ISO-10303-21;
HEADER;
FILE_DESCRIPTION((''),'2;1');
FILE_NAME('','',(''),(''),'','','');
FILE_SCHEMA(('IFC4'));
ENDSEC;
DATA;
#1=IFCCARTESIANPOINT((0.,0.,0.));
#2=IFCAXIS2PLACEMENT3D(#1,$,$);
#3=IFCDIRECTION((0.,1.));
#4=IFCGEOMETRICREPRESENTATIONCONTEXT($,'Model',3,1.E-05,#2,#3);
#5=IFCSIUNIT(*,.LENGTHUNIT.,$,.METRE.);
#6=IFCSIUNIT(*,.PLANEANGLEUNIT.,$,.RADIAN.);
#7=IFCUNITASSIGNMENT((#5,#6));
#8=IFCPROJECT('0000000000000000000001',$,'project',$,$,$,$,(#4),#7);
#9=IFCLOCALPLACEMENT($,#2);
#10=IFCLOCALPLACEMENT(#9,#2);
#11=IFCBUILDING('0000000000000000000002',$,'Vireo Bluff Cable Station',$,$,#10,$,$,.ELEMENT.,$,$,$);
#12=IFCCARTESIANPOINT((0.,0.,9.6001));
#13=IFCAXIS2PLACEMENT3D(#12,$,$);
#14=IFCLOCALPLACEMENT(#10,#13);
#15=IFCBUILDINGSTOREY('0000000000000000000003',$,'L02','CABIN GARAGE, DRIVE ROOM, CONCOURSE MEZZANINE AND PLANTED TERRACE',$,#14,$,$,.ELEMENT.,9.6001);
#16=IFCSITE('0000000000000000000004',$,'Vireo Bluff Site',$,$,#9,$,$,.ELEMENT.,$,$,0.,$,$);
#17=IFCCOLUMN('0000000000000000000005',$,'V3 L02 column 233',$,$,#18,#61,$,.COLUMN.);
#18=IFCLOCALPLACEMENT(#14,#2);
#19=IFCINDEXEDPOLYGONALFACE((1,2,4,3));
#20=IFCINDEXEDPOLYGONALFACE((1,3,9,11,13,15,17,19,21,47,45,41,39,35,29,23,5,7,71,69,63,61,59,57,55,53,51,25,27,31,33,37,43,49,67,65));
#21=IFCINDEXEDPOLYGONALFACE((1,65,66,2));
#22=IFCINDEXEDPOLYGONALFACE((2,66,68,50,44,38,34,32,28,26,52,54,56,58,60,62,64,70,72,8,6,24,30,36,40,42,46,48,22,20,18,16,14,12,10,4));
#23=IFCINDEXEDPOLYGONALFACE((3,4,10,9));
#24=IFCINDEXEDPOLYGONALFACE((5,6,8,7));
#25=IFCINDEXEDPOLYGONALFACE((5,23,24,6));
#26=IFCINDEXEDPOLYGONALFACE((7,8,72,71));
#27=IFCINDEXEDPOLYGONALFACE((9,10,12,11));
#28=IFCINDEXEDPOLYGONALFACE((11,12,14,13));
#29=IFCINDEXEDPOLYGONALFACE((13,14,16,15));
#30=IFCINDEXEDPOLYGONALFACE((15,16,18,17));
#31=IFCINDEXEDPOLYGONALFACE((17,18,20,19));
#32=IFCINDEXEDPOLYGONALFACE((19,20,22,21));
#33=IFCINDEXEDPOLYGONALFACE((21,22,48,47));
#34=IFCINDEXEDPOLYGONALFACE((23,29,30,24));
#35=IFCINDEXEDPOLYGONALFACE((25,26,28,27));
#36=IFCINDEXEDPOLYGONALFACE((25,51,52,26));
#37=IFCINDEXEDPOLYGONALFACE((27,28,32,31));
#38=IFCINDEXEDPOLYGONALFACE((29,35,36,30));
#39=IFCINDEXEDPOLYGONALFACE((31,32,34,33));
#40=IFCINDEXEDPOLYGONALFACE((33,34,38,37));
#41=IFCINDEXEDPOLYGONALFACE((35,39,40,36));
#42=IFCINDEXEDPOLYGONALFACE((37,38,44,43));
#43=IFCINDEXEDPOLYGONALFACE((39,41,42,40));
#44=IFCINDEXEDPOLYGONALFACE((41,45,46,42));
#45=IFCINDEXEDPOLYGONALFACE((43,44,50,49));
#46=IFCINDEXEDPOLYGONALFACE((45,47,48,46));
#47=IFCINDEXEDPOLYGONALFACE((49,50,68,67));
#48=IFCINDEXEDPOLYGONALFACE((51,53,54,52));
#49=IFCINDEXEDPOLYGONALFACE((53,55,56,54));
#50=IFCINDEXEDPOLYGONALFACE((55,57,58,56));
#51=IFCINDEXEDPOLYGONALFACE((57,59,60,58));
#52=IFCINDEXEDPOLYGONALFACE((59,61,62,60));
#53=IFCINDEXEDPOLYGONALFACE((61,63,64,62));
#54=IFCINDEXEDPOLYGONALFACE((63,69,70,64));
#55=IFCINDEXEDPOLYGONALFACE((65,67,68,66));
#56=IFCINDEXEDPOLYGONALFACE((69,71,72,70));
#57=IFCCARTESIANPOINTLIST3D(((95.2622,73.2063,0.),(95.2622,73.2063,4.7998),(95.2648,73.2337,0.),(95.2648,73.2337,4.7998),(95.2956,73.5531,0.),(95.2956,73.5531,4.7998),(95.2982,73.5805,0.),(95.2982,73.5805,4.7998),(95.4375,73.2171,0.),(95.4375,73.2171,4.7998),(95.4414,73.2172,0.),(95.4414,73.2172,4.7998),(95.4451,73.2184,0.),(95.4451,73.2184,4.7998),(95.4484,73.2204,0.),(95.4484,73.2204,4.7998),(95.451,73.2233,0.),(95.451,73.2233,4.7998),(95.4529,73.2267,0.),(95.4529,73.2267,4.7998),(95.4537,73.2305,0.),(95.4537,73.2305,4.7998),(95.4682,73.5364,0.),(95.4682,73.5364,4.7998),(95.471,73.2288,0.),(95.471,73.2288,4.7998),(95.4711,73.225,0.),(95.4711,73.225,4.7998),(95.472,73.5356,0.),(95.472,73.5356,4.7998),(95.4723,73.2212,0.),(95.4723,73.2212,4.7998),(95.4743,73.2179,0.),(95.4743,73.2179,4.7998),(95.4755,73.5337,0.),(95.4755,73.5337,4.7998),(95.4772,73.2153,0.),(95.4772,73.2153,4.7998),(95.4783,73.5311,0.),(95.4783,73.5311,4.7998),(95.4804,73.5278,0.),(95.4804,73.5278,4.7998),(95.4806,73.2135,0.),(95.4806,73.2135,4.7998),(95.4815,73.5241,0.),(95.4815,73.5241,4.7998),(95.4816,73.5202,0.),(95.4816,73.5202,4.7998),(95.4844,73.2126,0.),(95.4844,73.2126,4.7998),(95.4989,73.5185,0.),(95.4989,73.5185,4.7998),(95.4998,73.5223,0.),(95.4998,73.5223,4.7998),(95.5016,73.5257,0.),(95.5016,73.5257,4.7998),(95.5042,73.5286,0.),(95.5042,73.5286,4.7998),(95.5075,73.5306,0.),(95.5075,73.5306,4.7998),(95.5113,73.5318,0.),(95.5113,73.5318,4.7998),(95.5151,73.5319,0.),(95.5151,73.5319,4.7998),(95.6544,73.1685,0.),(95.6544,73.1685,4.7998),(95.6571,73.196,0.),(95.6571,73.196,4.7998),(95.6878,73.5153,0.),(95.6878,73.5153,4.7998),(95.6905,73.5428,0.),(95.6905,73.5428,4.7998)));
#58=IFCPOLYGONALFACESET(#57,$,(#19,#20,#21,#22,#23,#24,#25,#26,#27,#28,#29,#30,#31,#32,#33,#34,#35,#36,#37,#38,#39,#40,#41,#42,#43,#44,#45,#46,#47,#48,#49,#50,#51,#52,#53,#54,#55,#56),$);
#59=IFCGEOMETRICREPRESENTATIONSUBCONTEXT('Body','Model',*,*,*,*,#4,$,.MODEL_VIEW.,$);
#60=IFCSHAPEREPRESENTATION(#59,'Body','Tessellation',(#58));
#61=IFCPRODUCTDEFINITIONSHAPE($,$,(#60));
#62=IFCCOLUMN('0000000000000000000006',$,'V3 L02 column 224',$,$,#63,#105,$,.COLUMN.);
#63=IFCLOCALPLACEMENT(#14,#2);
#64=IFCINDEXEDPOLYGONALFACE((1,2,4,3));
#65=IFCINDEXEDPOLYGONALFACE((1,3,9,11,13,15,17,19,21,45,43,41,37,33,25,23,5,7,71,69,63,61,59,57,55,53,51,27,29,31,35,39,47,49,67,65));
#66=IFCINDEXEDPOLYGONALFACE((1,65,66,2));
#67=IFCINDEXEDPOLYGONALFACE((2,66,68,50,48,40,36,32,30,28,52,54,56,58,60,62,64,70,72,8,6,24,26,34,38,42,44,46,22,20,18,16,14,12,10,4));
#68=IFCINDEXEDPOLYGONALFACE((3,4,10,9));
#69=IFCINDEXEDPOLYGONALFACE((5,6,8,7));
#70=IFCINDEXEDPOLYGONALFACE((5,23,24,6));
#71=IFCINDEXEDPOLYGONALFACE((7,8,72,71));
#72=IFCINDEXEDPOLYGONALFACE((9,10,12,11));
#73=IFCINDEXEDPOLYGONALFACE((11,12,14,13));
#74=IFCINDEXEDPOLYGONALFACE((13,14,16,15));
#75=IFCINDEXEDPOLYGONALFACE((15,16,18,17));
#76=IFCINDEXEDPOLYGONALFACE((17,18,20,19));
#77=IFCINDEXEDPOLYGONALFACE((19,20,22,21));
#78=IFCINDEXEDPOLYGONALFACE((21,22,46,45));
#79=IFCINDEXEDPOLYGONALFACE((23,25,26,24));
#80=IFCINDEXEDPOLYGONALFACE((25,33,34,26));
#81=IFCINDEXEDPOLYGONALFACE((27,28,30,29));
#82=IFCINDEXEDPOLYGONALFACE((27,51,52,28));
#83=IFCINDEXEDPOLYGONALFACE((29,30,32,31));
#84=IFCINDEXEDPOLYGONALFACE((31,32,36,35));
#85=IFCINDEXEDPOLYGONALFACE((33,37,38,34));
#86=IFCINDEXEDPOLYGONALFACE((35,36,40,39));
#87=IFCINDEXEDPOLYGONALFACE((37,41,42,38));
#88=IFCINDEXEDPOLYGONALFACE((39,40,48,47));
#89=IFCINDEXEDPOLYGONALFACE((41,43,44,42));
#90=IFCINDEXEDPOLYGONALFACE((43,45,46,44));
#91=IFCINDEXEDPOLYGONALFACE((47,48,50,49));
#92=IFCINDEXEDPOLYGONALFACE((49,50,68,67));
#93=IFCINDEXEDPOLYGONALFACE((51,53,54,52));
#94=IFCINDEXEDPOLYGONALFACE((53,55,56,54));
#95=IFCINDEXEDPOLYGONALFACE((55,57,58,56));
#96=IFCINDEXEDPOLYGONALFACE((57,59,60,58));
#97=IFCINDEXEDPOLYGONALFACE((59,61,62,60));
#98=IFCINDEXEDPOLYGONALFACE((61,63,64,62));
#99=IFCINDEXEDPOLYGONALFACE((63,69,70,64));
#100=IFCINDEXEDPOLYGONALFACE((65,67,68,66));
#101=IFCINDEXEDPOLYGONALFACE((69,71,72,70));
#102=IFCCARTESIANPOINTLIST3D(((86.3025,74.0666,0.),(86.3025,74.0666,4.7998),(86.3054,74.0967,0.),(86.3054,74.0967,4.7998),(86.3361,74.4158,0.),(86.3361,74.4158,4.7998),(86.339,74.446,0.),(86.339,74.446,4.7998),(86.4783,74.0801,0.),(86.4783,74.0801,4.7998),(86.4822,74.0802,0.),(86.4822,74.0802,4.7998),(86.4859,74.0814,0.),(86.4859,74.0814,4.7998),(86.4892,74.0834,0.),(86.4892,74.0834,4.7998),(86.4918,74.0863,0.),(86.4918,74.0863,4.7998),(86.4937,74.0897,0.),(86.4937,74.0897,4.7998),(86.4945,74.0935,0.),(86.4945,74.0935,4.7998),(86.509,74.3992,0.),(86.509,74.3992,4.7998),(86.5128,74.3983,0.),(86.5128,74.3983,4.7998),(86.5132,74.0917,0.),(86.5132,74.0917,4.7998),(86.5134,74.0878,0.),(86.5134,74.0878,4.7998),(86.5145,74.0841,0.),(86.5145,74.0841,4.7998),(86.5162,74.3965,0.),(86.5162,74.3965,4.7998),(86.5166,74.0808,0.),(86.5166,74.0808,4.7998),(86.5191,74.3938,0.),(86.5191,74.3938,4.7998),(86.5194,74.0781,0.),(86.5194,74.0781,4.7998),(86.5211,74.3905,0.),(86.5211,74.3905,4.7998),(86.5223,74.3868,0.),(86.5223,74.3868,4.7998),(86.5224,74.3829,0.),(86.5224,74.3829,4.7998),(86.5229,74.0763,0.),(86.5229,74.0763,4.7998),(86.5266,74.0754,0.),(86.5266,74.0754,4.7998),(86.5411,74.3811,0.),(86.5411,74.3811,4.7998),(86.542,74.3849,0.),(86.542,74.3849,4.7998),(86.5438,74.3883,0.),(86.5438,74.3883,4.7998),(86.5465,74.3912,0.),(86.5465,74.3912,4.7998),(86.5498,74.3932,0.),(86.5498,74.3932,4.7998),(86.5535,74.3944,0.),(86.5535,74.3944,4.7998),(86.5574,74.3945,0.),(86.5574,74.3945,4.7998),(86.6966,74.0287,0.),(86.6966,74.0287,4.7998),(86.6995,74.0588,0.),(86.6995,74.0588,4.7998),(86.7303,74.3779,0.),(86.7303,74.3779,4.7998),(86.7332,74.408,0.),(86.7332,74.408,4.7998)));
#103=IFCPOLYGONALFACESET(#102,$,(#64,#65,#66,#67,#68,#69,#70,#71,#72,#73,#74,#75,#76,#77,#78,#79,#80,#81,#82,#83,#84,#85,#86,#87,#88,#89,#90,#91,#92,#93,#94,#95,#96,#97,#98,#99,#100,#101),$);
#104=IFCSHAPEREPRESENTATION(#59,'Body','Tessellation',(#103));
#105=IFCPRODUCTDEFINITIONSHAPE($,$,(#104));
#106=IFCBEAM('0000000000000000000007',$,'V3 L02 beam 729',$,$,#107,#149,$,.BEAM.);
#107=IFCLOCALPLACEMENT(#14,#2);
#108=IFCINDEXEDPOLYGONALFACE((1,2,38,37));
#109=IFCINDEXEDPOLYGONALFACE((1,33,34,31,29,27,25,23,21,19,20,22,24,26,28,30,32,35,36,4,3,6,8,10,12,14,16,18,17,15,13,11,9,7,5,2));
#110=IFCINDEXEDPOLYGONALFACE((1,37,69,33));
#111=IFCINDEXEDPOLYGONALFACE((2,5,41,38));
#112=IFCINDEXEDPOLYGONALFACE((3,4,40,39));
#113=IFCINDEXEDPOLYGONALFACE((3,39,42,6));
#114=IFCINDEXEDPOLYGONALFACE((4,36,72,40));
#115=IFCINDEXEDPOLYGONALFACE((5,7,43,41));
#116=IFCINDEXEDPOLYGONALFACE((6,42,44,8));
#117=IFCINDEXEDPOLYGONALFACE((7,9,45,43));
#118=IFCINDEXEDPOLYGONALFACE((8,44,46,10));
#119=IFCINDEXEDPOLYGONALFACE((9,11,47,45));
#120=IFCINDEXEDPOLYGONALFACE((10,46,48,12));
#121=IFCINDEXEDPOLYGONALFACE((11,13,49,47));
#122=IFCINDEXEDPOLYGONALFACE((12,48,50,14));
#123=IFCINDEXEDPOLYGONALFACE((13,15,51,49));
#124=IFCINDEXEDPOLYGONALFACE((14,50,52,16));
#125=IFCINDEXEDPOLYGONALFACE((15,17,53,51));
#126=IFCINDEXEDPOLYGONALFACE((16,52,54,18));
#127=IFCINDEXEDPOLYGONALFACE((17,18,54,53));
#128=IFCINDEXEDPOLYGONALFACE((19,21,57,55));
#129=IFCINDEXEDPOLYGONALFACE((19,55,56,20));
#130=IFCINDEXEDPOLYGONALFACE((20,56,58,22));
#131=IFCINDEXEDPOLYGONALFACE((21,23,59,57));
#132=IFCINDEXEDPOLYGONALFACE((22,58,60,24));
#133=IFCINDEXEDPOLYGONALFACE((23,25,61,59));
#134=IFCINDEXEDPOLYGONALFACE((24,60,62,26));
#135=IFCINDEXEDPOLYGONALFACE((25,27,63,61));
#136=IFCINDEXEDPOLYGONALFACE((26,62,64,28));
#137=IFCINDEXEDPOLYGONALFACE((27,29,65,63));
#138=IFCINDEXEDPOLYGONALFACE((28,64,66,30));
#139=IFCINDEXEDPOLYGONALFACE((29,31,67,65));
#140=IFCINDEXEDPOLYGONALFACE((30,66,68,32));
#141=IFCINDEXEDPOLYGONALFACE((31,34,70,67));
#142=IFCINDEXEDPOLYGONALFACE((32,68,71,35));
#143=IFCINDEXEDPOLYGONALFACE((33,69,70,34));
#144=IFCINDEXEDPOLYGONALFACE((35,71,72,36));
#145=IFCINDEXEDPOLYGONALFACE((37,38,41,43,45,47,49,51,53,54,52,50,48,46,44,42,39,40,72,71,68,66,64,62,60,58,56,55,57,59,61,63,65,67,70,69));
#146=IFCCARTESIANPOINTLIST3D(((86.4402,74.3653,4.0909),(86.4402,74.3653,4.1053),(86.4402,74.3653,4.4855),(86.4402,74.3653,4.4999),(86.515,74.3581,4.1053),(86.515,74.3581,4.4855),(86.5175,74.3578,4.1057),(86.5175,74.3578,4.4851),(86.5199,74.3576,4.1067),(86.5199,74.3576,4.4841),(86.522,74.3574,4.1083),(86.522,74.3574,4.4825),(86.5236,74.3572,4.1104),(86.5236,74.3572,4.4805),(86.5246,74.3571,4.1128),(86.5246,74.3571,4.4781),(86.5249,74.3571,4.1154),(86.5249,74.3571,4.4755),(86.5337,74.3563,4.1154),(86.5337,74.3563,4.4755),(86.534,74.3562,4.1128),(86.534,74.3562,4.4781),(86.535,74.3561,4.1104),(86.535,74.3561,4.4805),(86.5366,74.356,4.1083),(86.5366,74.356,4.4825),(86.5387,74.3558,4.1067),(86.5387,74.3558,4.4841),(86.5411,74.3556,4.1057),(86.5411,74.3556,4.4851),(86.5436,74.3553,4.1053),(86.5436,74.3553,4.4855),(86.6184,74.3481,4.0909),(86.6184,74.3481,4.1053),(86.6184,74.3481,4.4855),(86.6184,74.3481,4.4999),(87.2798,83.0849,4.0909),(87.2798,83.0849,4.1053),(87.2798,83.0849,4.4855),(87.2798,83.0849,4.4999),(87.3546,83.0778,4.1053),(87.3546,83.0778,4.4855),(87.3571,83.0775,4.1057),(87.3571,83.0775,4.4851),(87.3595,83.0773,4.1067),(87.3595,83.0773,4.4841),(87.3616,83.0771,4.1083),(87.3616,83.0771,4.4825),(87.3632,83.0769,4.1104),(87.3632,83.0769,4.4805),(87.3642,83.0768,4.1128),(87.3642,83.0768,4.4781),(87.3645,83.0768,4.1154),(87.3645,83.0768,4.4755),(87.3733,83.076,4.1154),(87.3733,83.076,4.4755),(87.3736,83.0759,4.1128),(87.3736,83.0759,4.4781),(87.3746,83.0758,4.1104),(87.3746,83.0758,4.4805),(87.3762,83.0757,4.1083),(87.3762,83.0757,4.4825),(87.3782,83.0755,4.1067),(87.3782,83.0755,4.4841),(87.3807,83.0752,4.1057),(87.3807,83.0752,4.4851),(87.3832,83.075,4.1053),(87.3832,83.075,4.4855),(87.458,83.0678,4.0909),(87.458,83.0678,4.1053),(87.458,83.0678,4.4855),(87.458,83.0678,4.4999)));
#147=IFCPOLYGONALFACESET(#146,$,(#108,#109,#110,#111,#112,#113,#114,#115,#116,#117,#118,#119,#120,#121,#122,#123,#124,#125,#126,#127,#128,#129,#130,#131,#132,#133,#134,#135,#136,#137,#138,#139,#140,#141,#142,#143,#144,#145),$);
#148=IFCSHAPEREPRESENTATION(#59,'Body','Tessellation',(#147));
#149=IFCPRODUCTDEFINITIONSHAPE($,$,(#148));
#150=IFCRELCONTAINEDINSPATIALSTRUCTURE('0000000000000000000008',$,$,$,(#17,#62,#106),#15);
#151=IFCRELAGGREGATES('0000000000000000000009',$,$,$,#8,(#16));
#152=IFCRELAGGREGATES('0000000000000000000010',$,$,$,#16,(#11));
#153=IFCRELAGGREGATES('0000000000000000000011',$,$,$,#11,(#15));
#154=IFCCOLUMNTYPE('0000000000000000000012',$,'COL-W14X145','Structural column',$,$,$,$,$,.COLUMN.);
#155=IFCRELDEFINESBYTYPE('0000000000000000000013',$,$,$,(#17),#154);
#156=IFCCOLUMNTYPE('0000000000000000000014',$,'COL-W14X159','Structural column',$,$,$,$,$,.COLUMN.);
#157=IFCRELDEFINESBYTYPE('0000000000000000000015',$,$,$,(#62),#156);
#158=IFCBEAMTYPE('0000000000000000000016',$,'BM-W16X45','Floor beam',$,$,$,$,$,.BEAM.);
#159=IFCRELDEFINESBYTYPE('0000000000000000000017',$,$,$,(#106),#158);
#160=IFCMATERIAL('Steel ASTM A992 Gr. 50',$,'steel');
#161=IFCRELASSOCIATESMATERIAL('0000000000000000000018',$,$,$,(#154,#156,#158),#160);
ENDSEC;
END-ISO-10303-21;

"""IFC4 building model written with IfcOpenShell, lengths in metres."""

from ifc_helpers import new_model, si_unit, direction, frame, origin, origin_2d, place, context, subcontext, project, spatial, i_section, extrude, material, material_profile, profile_set, type_object, element, save


model = new_model("IFC4")

# Units and contexts
model_context = context("Model", 3, precision=1e-05, world=origin(), true_north=direction((0.0, 1.0)))
body_context = subcontext(model_context, "Body", "Model", "MODEL_VIEW")
ifc_project = project(units=[si_unit("LENGTHUNIT", "METRE"), si_unit("PLANEANGLEUNIT", "RADIAN")], contexts=[model_context])

# Site, building, storey
site_placement = place(None, origin())
site = spatial("IfcSite", under=ifc_project, at=site_placement, Name="Vireo Bluff Site", CompositionType="ELEMENT", RefElevation=0.0)
building_placement = place(site_placement, origin())
building = spatial("IfcBuilding", under=site, at=building_placement, Name="Vireo Bluff Cable Station", CompositionType="ELEMENT")
storey_placement = place(building_placement, frame((0.0, 0.0, 9.6001)))
storey = spatial("IfcBuildingStorey", under=building, at=storey_placement, Name="L02", Description="CABIN GARAGE, DRIVE ROOM, CONCOURSE MEZZANINE AND PLANTED TERRACE", CompositionType="ELEMENT", Elevation=9.6001)

# Columns
ifc_material_1 = material(Name="Steel ASTM A992 Gr. 50", Category="steel")
ifc_material_profile_1 = material_profile(ifc_material_1, i_section(OverallWidth=0.394, OverallDepth=0.376, WebThickness=0.0173, FlangeThickness=0.0276, FilletRadius=0.0149, at=origin_2d()), Name="W14X145")
ifc_profile_set_1 = profile_set([ifc_material_profile_1], Name="Steel ASTM A992 Gr. 50")
column_type_1 = type_object("IfcColumnType", Name="COL-W14X145", Description="Structural column", PredefinedType="COLUMN", material=ifc_profile_set_1)
column_1_placement = place(storey_placement, frame((95.4763, 73.3745, 0.0), z_axis=(0.0, 0.0, 1.0), x_axis=(0.995396, -0.095846, 0.0)))
element("IfcColumn", 1, at=column_1_placement, inside=storey, type_object=column_type_1, Name="V3 L02 column 233", PredefinedType="COLUMN", context=body_context, shape_type="SweptSolid", body=[
    extrude(i_section(OverallWidth=0.394, OverallDepth=0.376, WebThickness=0.0173, FlangeThickness=0.0276, FilletRadius=0.0149, at=origin_2d()), origin(), (0.0, 0.0, 1.0), 4.7998),
])
ifc_material_profile_2 = material_profile(ifc_material_1, i_section(OverallWidth=0.396, OverallDepth=0.3811, WebThickness=0.0188, FlangeThickness=0.0303, FilletRadius=0.0149, at=origin_2d()), Name="W14X159")
ifc_profile_set_2 = profile_set([ifc_material_profile_2], Name="Steel ASTM A992 Gr. 50")
column_type_2 = type_object("IfcColumnType", Name="COL-W14X159", Description="Structural column", PredefinedType="COLUMN", material=ifc_profile_set_2)
column_2_placement = place(storey_placement, frame((86.5178, 74.2373, 0.0), z_axis=(0.0, 0.0, 1.0), x_axis=(0.995396, -0.095846, 0.0)))
element("IfcColumn", 2, at=column_2_placement, inside=storey, type_object=column_type_2, Name="V3 L02 column 224", PredefinedType="COLUMN", context=body_context, shape_type="SweptSolid", body=[
    extrude(i_section(OverallWidth=0.396, OverallDepth=0.3811, WebThickness=0.0188, FlangeThickness=0.0303, FilletRadius=0.0149, at=origin_2d()), origin(), (0.0, 0.0, 1.0), 4.7998),
])

# Beam
ifc_material_profile_3 = material_profile(ifc_material_1, i_section(OverallWidth=0.179, OverallDepth=0.4089, WebThickness=0.0088, FlangeThickness=0.0144, FilletRadius=0.01, at=origin_2d()), Name="W16X45")
ifc_profile_set_3 = profile_set([ifc_material_profile_3], Name="Steel ASTM A992 Gr. 50")
beam_type_1 = type_object("IfcBeamType", Name="BM-W16X45", Description="Floor beam", PredefinedType="BEAM", material=ifc_profile_set_3)
beam_1_placement = place(storey_placement, frame((86.5293, 74.3567, 4.2954), z_axis=(0.095844, 0.995396, 0.0), x_axis=(-0.995396, 0.095844, 0.0)))
element("IfcBeam", 3, at=beam_1_placement, inside=storey, type_object=beam_type_1, Name="V3 L02 beam 729", PredefinedType="BEAM", context=body_context, shape_type="SweptSolid", body=[
    extrude(i_section(OverallWidth=0.179, OverallDepth=0.4089, WebThickness=0.0088, FlangeThickness=0.0144, FilletRadius=0.01, at=origin_2d()), origin(), (0.0, 0.0, 1.0), 8.76),
])

save(model, "model.ifc")
